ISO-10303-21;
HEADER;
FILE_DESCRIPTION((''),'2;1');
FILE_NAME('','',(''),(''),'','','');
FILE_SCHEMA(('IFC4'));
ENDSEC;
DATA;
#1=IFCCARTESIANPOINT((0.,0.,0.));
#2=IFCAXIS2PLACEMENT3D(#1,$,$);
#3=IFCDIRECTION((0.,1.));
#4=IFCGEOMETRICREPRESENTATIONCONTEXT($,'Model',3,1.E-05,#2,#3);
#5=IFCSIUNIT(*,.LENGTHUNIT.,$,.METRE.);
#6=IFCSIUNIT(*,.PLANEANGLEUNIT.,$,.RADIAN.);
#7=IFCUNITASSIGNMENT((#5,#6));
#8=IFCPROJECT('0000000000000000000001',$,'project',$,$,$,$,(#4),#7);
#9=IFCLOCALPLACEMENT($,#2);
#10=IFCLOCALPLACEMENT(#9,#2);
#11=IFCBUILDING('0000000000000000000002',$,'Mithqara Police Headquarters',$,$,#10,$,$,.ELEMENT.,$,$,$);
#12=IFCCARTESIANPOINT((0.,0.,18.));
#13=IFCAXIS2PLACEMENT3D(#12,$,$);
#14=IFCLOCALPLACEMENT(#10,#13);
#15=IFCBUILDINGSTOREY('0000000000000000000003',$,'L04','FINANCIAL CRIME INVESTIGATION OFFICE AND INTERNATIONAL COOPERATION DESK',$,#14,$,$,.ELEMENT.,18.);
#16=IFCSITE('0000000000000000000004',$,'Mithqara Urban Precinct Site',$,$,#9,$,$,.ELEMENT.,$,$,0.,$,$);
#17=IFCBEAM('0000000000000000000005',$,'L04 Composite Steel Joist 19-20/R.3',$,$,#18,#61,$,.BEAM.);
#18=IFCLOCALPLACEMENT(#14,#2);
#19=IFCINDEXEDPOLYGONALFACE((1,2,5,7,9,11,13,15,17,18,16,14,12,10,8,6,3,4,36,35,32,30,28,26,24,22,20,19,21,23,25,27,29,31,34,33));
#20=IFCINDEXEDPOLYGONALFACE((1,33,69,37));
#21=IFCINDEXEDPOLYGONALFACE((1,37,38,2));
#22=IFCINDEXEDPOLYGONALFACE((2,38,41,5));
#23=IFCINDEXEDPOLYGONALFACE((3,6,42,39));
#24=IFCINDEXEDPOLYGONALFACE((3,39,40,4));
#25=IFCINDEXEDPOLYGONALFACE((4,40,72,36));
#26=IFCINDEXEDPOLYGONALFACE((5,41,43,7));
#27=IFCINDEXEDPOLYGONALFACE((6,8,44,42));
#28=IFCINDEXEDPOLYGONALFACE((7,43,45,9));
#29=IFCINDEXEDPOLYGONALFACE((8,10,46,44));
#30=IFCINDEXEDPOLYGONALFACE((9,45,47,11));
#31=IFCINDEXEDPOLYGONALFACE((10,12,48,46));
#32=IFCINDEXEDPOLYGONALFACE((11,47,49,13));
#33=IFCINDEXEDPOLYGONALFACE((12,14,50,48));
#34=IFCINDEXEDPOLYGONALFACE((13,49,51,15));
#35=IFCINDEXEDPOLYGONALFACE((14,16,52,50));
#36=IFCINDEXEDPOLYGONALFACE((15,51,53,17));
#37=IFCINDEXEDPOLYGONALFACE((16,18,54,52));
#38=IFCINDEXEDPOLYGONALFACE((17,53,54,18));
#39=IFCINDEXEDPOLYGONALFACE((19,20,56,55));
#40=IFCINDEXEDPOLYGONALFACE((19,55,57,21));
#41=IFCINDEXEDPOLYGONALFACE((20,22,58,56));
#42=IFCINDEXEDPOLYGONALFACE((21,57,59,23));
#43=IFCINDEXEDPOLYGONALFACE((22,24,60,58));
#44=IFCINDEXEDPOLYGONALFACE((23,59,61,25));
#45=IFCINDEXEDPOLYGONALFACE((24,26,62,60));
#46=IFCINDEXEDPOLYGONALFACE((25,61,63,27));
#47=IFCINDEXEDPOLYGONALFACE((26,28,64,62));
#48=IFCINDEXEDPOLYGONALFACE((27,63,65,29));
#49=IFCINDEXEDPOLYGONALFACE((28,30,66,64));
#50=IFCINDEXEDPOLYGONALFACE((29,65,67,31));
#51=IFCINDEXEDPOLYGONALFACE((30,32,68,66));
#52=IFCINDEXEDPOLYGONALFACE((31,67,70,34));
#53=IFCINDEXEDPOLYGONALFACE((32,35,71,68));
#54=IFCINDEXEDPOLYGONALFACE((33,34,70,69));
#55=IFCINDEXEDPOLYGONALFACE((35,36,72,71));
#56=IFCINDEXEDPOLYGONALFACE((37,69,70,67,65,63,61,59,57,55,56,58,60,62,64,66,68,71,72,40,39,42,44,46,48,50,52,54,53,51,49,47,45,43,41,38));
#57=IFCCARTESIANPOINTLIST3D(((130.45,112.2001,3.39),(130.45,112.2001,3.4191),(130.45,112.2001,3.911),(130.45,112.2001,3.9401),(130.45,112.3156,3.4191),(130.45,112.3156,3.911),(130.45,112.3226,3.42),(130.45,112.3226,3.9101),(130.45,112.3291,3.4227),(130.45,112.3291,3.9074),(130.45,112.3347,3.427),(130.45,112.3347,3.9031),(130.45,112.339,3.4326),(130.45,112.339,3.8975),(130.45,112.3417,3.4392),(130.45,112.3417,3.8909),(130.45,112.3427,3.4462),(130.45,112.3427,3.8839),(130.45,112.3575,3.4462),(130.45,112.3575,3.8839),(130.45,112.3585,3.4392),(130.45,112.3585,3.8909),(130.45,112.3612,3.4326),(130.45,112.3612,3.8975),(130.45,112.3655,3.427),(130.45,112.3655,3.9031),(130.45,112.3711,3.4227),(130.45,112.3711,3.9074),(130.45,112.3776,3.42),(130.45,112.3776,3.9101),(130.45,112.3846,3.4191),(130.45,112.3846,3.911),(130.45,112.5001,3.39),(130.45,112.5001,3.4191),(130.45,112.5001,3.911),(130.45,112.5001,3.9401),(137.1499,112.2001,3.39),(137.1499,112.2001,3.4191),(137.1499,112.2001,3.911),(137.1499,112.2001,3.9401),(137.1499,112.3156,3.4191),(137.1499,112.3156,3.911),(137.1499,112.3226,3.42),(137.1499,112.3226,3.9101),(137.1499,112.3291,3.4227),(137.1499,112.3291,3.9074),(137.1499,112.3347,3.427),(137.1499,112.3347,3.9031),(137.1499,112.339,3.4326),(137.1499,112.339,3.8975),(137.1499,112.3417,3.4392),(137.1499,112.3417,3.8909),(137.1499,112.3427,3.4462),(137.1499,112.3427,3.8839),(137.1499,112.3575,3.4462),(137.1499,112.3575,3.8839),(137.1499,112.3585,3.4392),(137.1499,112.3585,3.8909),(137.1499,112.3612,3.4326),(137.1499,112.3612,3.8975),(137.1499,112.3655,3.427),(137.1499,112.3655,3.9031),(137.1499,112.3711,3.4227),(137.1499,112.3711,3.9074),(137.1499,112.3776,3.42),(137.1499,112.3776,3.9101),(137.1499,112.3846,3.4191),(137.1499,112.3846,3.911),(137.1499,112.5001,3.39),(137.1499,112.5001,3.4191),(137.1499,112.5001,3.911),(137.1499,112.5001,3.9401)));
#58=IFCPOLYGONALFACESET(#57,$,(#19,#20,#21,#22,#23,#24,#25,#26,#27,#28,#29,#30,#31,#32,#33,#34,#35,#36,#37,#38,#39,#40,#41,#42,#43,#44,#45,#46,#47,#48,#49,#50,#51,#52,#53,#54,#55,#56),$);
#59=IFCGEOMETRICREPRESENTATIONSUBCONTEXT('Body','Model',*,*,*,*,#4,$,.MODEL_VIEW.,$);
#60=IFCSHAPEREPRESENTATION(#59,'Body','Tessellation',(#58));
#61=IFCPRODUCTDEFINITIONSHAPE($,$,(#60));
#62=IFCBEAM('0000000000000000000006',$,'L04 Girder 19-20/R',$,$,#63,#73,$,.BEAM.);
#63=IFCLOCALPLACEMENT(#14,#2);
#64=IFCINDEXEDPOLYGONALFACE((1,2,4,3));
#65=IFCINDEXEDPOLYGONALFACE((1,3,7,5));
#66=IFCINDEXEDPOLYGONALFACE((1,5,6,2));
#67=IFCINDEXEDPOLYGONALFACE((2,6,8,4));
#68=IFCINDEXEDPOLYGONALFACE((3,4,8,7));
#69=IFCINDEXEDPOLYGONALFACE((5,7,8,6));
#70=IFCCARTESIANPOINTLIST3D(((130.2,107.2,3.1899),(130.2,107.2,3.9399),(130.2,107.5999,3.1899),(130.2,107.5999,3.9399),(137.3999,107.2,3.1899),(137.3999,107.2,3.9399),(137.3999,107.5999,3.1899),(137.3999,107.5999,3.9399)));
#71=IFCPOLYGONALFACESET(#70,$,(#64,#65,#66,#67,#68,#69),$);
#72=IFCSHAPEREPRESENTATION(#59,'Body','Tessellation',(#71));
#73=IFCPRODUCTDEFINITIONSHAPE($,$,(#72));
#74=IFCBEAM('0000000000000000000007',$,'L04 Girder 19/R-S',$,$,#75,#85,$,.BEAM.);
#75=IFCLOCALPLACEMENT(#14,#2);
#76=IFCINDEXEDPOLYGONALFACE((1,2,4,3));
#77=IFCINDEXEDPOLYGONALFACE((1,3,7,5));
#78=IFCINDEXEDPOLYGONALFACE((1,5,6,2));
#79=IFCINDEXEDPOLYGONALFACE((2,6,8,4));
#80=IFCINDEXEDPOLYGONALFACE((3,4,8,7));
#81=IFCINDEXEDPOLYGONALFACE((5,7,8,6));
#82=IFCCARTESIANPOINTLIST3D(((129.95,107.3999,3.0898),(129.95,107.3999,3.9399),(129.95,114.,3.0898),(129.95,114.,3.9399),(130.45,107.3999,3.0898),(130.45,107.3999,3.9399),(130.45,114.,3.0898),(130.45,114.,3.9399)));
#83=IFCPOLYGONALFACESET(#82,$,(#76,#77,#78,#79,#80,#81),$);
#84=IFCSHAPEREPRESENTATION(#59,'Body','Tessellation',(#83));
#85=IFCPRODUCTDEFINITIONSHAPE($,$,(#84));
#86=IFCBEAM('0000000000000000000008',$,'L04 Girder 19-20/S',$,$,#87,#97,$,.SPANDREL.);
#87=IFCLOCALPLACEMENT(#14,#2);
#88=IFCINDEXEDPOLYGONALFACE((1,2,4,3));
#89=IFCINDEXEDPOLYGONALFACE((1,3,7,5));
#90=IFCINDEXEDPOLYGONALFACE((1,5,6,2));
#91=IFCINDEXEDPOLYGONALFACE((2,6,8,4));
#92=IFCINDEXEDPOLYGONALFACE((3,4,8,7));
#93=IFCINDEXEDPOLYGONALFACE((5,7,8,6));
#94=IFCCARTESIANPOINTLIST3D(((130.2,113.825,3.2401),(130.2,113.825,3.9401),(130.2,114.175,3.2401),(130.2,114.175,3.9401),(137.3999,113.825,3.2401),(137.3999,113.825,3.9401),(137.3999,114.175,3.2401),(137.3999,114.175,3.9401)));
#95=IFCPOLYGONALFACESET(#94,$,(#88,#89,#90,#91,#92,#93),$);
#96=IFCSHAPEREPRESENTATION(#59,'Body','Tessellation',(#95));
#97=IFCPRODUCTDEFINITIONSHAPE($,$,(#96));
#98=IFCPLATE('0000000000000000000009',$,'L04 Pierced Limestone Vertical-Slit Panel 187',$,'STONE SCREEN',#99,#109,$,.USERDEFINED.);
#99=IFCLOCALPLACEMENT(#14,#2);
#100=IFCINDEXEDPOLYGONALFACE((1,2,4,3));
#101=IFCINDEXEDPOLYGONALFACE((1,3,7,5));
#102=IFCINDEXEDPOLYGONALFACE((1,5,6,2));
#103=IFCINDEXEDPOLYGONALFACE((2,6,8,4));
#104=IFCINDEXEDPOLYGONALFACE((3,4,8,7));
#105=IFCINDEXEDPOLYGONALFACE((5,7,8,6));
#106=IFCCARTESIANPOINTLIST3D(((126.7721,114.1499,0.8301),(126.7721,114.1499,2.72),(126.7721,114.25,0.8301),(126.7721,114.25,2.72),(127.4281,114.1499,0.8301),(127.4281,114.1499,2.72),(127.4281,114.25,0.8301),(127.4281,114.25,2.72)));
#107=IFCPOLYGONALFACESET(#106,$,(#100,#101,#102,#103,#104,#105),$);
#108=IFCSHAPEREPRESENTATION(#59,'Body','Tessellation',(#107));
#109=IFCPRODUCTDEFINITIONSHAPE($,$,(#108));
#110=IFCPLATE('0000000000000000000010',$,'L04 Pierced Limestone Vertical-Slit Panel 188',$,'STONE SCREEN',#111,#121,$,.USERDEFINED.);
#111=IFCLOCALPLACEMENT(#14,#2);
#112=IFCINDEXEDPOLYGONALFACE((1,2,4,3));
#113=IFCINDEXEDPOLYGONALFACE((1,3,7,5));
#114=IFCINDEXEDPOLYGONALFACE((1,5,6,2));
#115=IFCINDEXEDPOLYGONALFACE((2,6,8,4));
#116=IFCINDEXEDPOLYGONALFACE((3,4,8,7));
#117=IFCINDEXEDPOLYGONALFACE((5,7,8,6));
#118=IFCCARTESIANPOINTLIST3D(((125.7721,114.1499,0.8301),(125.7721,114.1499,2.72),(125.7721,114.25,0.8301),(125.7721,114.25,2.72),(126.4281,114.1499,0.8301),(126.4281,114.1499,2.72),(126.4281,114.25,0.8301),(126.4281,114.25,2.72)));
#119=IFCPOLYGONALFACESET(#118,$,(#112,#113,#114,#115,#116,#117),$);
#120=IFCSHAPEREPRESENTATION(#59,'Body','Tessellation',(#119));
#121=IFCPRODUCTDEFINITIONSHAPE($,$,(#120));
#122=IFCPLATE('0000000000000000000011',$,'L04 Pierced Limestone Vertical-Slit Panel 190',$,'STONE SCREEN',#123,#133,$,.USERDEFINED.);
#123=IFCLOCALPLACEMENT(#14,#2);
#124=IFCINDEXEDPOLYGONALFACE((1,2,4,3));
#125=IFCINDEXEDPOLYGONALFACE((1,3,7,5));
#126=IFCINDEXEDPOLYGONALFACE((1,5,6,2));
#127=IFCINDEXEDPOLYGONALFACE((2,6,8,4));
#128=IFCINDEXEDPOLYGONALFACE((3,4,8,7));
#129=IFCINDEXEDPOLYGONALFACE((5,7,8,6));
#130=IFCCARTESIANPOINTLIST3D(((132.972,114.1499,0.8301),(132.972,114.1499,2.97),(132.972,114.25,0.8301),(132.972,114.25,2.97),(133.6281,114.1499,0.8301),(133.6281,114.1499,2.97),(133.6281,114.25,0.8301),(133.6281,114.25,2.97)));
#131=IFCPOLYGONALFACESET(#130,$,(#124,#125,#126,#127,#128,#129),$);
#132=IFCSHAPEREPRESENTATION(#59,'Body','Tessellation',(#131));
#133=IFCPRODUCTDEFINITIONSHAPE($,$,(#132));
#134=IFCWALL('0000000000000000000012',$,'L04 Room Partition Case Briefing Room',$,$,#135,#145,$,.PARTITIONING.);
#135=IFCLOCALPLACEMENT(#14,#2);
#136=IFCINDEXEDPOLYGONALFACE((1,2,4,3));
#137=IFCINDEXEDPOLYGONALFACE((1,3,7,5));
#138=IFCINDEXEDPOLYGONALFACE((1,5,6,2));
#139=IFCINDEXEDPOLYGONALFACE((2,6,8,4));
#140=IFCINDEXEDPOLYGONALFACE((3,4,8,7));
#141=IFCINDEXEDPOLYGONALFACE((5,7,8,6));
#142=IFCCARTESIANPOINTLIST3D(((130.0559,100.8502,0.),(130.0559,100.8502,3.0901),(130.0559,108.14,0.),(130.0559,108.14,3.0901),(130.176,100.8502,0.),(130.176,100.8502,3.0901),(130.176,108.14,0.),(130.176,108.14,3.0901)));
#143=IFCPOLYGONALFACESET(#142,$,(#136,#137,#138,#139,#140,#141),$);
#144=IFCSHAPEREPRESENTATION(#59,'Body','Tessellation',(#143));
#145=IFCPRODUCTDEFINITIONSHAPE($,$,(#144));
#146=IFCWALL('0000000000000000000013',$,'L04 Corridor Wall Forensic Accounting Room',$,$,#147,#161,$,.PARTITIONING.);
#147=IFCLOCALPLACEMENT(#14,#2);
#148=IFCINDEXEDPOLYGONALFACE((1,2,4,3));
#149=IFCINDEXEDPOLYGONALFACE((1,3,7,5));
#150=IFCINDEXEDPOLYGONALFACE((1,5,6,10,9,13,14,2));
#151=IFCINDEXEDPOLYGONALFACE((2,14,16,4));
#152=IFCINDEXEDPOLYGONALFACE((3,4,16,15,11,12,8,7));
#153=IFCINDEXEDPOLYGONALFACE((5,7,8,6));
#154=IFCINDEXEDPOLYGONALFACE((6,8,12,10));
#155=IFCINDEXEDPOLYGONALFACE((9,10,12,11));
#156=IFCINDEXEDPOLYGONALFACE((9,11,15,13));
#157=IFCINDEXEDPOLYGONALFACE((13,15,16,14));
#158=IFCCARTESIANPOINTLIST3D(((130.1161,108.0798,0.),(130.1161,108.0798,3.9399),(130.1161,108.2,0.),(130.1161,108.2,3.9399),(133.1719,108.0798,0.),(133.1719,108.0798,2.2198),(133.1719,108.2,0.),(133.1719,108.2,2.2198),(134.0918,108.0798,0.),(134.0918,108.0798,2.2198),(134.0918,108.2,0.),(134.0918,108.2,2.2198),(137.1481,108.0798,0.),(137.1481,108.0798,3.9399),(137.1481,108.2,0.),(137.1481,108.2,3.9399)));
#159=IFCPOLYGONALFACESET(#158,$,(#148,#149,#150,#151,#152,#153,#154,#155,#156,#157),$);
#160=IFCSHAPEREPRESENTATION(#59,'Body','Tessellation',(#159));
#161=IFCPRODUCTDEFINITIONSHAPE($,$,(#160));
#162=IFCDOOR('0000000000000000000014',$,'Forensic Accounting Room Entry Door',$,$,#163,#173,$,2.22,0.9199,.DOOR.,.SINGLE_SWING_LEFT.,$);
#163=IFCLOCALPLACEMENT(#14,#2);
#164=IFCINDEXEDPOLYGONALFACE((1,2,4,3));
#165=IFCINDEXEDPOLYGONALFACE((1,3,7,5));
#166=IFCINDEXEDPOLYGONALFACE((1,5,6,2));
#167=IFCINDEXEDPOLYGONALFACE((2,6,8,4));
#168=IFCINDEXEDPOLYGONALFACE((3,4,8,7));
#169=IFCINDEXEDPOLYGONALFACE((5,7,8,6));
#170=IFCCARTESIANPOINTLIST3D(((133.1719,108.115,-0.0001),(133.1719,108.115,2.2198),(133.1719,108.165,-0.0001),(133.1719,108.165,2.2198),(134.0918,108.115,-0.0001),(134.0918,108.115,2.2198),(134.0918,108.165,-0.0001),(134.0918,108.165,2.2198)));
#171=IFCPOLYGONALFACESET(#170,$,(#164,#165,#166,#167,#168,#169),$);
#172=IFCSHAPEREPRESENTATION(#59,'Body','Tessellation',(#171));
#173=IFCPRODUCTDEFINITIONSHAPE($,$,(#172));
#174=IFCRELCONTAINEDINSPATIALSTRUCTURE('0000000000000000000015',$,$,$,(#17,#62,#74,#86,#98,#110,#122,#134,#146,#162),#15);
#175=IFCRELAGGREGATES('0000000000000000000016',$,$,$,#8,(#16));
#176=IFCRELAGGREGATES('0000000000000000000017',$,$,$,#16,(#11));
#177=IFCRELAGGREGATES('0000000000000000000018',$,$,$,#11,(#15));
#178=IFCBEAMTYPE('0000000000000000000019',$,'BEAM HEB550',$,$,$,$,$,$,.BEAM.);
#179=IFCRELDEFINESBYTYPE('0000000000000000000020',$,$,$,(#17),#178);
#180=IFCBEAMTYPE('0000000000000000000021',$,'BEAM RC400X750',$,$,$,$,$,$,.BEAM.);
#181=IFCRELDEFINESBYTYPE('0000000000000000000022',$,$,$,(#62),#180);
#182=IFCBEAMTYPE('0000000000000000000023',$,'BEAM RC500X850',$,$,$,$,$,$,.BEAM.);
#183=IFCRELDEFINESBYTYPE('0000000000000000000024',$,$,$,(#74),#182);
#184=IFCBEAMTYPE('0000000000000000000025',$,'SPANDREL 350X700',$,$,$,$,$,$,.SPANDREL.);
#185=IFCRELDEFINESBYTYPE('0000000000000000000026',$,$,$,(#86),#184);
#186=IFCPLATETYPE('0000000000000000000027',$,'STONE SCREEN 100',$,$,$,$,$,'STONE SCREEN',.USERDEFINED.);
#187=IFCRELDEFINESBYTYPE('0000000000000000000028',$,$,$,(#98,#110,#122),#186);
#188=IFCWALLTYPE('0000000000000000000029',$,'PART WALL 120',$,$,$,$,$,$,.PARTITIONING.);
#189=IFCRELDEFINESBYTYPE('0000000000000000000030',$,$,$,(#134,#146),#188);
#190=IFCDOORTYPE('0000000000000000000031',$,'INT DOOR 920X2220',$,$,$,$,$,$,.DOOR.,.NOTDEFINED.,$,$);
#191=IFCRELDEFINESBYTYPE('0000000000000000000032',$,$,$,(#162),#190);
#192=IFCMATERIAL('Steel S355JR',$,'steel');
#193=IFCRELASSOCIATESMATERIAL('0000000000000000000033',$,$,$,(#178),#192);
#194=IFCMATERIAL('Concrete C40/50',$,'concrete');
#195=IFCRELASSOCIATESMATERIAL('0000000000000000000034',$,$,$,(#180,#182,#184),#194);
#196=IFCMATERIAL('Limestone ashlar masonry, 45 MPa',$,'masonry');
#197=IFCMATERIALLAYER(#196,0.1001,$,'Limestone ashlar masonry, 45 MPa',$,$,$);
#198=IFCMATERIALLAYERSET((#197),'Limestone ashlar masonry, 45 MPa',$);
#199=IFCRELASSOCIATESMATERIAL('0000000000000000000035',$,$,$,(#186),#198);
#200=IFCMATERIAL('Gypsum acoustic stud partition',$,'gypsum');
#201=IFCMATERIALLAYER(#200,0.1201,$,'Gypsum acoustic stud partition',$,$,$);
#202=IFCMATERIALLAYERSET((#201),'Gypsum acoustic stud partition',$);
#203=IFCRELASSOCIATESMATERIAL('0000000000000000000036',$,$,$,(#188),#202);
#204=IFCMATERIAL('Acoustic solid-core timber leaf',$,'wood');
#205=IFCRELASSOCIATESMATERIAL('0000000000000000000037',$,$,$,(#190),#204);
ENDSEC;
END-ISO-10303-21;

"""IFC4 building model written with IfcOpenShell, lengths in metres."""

from ifc_helpers import new_model, si_unit, direction, frame, frame_2d, origin, origin_2d, place, context, subcontext, project, spatial, rectangle, i_section, extrude, material, layer, layer_set, material_profile, profile_set, type_object, element, fill, save


model = new_model("IFC4")

# Units and contexts
model_context = context("Model", 3, precision=1e-05, world=origin(), true_north=direction((0.0, 1.0)))
body_context = subcontext(model_context, "Body", "Model", "MODEL_VIEW")
ifc_project = project(units=[si_unit("LENGTHUNIT", "METRE"), si_unit("PLANEANGLEUNIT", "RADIAN")], contexts=[model_context])

# Site, building, storey
site_placement = place(None, origin())
site = spatial("IfcSite", under=ifc_project, at=site_placement, Name="Mithqara Urban Precinct Site", CompositionType="ELEMENT", RefElevation=0.0)
building_placement = place(site_placement, origin())
building = spatial("IfcBuilding", under=site, at=building_placement, Name="Mithqara Police Headquarters", CompositionType="ELEMENT")
storey_placement = place(building_placement, frame((0.0, 0.0, 18.0)))
storey = spatial("IfcBuildingStorey", under=building, at=storey_placement, Name="L04", Description="FINANCIAL CRIME INVESTIGATION OFFICE AND INTERNATIONAL COOPERATION DESK", CompositionType="ELEMENT", Elevation=18.0)

# Beams
ifc_material_1 = material(Name="Steel S355JR", Category="steel")
ifc_material_profile_1 = material_profile(ifc_material_1, i_section(OverallWidth=0.3, OverallDepth=0.55, WebThickness=0.0149, FlangeThickness=0.0291, FilletRadius=0.0271, at=origin_2d()), Name="HEB 550")
ifc_profile_set_1 = profile_set([ifc_material_profile_1], Name="Steel S355JR")
beam_type_1 = type_object("IfcBeamType", Name="BEAM HEB550", PredefinedType="BEAM", material=ifc_profile_set_1)
for number, where, z_axis, x_axis, name in (
    (1, (130.45, 112.3501, 3.665), (1.0, 0.0, 0.0), (0.0, 1.0, 0.0), "L04 Composite Steel Joist 19-20/R.3"),
):
    element("IfcBeam", number, at=place(storey_placement, frame(where, z_axis=z_axis, x_axis=x_axis)), inside=storey, type_object=beam_type_1, Name=name, PredefinedType="BEAM", context=body_context, shape_type="SweptSolid", body=[
        extrude(i_section(OverallWidth=0.3, OverallDepth=0.55, WebThickness=0.0149, FlangeThickness=0.0291, FilletRadius=0.0271, at=origin_2d()), origin(), (0.0, 0.0, 1.0), 6.7),
    ])
ifc_material_2 = material(Name="Concrete C40/50", Category="concrete")
ifc_material_profile_2 = material_profile(ifc_material_2, rectangle(XDim=0.3999, YDim=0.75, at=origin_2d()), Name="RC 400x750")
ifc_profile_set_2 = profile_set([ifc_material_profile_2], Name="Concrete C40/50")
beam_type_2 = type_object("IfcBeamType", Name="BEAM RC400X750", PredefinedType="BEAM", material=ifc_profile_set_2)
beam_1_placement = place(storey_placement, frame((130.2, 107.3999, 3.5649), z_axis=(1.0, 0.0, 0.0), x_axis=(0.0, 1.0, 0.0)))
element("IfcBeam", 2, at=beam_1_placement, inside=storey, type_object=beam_type_2, Name="L04 Girder 19-20/R", PredefinedType="BEAM", context=body_context, shape_type="SweptSolid", body=[
    extrude(rectangle(XDim=0.3999, YDim=0.75, at=origin_2d()), origin(), (0.0, 0.0, 1.0), 7.2),
])
ifc_material_profile_3 = material_profile(ifc_material_2, rectangle(XDim=0.5, YDim=0.8501, at=origin_2d()), Name="RC 500x850")
ifc_profile_set_3 = profile_set([ifc_material_profile_3], Name="Concrete C40/50")
beam_type_3 = type_object("IfcBeamType", Name="BEAM RC500X850", PredefinedType="BEAM", material=ifc_profile_set_3)
beam_2_placement = place(storey_placement, frame((130.2, 107.3999, 3.5149), z_axis=(0.0, 1.0, 0.0), x_axis=(-1.0, 0.0, 0.0)))
element("IfcBeam", 3, at=beam_2_placement, inside=storey, type_object=beam_type_3, Name="L04 Girder 19/R-S", PredefinedType="BEAM", context=body_context, shape_type="SweptSolid", body=[
    extrude(rectangle(XDim=0.5, YDim=0.8501, at=origin_2d()), origin(), (0.0, 0.0, 1.0), 6.6001),
])
ifc_material_profile_4 = material_profile(ifc_material_2, rectangle(XDim=0.3501, YDim=0.7, at=origin_2d()), Name="SPB 350x700")
ifc_profile_set_4 = profile_set([ifc_material_profile_4], Name="Concrete C40/50")
beam_type_4 = type_object("IfcBeamType", Name="SPANDREL 350X700", PredefinedType="SPANDREL", material=ifc_profile_set_4)
beam_3_placement = place(storey_placement, frame((130.2, 114.0, 3.5901), z_axis=(1.0, 0.0, 0.0), x_axis=(0.0, 1.0, 0.0)))
element("IfcBeam", 4, at=beam_3_placement, inside=storey, type_object=beam_type_4, Name="L04 Girder 19-20/S", PredefinedType="SPANDREL", context=body_context, shape_type="SweptSolid", body=[
    extrude(rectangle(XDim=0.3501, YDim=0.7, at=origin_2d()), origin(), (0.0, 0.0, 1.0), 7.2),
])

# Plates
ifc_material_3 = material(Name="Limestone ashlar masonry, 45 MPa", Category="masonry")
ifc_layer_1 = layer(ifc_material_3, 0.1001, Name="Limestone ashlar masonry, 45 MPa")
ifc_layer_set_1 = layer_set([ifc_layer_1], Name="Limestone ashlar masonry, 45 MPa")
plate_type = type_object("IfcPlateType", Name="STONE SCREEN 100", ElementType="STONE SCREEN", PredefinedType="USERDEFINED", material=ifc_layer_set_1)
for number, where, z_axis, x_axis, name in (
    (5, (127.1001, 114.2, 0.8301), (0.0, 0.0, 1.0), (1.0, 0.0, 0.0), "L04 Pierced Limestone Vertical-Slit Panel 187"),
    (6, (126.1001, 114.2, 0.8301), (0.0, 0.0, 1.0), (1.0, 0.0, 0.0), "L04 Pierced Limestone Vertical-Slit Panel 188"),
):
    element("IfcPlate", number, at=place(storey_placement, frame(where, z_axis=z_axis, x_axis=x_axis)), inside=storey, type_object=plate_type, Name=name, ObjectType="STONE SCREEN", PredefinedType="USERDEFINED", context=body_context, shape_type="SweptSolid", body=[
        extrude(rectangle(XDim=0.656, YDim=0.1001, at=origin_2d()), origin(), (0.0, 0.0, 1.0), 1.8899),
    ])
plate_placement = place(storey_placement, frame((133.3, 114.2, 0.8301), z_axis=(0.0, 0.0, 1.0), x_axis=(1.0, 0.0, 0.0)))
element("IfcPlate", 7, at=plate_placement, inside=storey, type_object=plate_type, Name="L04 Pierced Limestone Vertical-Slit Panel 190", ObjectType="STONE SCREEN", PredefinedType="USERDEFINED", context=body_context, shape_type="SweptSolid", body=[
    extrude(rectangle(XDim=0.656, YDim=0.1001, at=origin_2d()), origin(), (0.0, 0.0, 1.0), 2.1399),
])

# Wall
ifc_material_4 = material(Name="Gypsum acoustic stud partition", Category="gypsum")
ifc_layer_2 = layer(ifc_material_4, 0.1201, Name="Gypsum acoustic stud partition")
ifc_layer_set_2 = layer_set([ifc_layer_2], Name="Gypsum acoustic stud partition")
wall_type_1 = type_object("IfcWallType", Name="PART WALL 120", PredefinedType="PARTITIONING", material=ifc_layer_set_2)
wall_1_placement = place(storey_placement, frame((130.116, 100.8501, 0.0), z_axis=(0.0, 0.0, 1.0), x_axis=(0.0, 1.0, 0.0)))
element("IfcWall", 8, at=wall_1_placement, inside=storey, type_object=wall_type_1, Name="L04 Room Partition Case Briefing Room", PredefinedType="PARTITIONING", context=body_context, shape_type="SweptSolid", body=[
    extrude(rectangle(XDim=7.2898, YDim=0.1201, at=frame_2d((3.645, 0.0))), origin(), (0.0, 0.0, 1.0), 3.0901),
])

# Wall, opening, door
wall_2_placement = place(storey_placement, frame((130.116, 108.1399, 0.0), z_axis=(0.0, 0.0, 1.0), x_axis=(1.0, 0.0, 0.0)))
wall_2 = element("IfcWall", 9, at=wall_2_placement, inside=storey, type_object=wall_type_1, Name="L04 Corridor Wall Forensic Accounting Room", PredefinedType="PARTITIONING", context=body_context, shape_type="SweptSolid", body=[
    extrude(rectangle(XDim=7.032, YDim=0.1201, at=frame_2d((3.5161, 0.0))), origin(), (0.0, 0.0, 1.0), 3.9399),
])
opening_1_placement = place(wall_2_placement, frame((3.0559, 0.0, 0.0)))
opening_1 = element("IfcOpeningElement", 10, at=opening_1_placement, cuts=wall_2, PredefinedType="OPENING", context=body_context, shape_type="SweptSolid", body=[
    extrude(rectangle(XDim=0.9199, YDim=2.22, at=frame_2d((0.46, 1.1099))), frame((0.0, 0.0701, 0.0), z_axis=(0.0, -1.0, 0.0), x_axis=(1.0, 0.0, 0.0)), (0.0, 0.0, 1.0), 0.1401),
])
ifc_material_5 = material(Name="Acoustic solid-core timber leaf", Category="wood")
door_type_1 = type_object("IfcDoorType", Name="INT DOOR 920X2220", OperationType="NOTDEFINED", PredefinedType="DOOR", material=ifc_material_5)
door_1_placement = place(opening_1_placement, frame((0.9199, 0.0, 0.0), z_axis=(0.0, 0.0, 1.0), x_axis=(-1.0, 0.0, 0.0)))
door_1 = element("IfcDoor", 11, at=door_1_placement, inside=storey, type_object=door_type_1, Name="Forensic Accounting Room Entry Door", OperationType="SINGLE_SWING_LEFT", OverallHeight=2.22, OverallWidth=0.9199, PredefinedType="DOOR", context=body_context, shape_type="SweptSolid", body=[
    extrude(rectangle(XDim=0.9199, YDim=2.22, at=frame_2d((0.46, 1.1099))), frame((0.0, 0.0249, 0.0), z_axis=(0.0, -1.0, 0.0), x_axis=(1.0, 0.0, 0.0)), (0.0, 0.0, 1.0), 0.05),
])
fill(opening_1, door_1)

save(model, "model.ifc")
